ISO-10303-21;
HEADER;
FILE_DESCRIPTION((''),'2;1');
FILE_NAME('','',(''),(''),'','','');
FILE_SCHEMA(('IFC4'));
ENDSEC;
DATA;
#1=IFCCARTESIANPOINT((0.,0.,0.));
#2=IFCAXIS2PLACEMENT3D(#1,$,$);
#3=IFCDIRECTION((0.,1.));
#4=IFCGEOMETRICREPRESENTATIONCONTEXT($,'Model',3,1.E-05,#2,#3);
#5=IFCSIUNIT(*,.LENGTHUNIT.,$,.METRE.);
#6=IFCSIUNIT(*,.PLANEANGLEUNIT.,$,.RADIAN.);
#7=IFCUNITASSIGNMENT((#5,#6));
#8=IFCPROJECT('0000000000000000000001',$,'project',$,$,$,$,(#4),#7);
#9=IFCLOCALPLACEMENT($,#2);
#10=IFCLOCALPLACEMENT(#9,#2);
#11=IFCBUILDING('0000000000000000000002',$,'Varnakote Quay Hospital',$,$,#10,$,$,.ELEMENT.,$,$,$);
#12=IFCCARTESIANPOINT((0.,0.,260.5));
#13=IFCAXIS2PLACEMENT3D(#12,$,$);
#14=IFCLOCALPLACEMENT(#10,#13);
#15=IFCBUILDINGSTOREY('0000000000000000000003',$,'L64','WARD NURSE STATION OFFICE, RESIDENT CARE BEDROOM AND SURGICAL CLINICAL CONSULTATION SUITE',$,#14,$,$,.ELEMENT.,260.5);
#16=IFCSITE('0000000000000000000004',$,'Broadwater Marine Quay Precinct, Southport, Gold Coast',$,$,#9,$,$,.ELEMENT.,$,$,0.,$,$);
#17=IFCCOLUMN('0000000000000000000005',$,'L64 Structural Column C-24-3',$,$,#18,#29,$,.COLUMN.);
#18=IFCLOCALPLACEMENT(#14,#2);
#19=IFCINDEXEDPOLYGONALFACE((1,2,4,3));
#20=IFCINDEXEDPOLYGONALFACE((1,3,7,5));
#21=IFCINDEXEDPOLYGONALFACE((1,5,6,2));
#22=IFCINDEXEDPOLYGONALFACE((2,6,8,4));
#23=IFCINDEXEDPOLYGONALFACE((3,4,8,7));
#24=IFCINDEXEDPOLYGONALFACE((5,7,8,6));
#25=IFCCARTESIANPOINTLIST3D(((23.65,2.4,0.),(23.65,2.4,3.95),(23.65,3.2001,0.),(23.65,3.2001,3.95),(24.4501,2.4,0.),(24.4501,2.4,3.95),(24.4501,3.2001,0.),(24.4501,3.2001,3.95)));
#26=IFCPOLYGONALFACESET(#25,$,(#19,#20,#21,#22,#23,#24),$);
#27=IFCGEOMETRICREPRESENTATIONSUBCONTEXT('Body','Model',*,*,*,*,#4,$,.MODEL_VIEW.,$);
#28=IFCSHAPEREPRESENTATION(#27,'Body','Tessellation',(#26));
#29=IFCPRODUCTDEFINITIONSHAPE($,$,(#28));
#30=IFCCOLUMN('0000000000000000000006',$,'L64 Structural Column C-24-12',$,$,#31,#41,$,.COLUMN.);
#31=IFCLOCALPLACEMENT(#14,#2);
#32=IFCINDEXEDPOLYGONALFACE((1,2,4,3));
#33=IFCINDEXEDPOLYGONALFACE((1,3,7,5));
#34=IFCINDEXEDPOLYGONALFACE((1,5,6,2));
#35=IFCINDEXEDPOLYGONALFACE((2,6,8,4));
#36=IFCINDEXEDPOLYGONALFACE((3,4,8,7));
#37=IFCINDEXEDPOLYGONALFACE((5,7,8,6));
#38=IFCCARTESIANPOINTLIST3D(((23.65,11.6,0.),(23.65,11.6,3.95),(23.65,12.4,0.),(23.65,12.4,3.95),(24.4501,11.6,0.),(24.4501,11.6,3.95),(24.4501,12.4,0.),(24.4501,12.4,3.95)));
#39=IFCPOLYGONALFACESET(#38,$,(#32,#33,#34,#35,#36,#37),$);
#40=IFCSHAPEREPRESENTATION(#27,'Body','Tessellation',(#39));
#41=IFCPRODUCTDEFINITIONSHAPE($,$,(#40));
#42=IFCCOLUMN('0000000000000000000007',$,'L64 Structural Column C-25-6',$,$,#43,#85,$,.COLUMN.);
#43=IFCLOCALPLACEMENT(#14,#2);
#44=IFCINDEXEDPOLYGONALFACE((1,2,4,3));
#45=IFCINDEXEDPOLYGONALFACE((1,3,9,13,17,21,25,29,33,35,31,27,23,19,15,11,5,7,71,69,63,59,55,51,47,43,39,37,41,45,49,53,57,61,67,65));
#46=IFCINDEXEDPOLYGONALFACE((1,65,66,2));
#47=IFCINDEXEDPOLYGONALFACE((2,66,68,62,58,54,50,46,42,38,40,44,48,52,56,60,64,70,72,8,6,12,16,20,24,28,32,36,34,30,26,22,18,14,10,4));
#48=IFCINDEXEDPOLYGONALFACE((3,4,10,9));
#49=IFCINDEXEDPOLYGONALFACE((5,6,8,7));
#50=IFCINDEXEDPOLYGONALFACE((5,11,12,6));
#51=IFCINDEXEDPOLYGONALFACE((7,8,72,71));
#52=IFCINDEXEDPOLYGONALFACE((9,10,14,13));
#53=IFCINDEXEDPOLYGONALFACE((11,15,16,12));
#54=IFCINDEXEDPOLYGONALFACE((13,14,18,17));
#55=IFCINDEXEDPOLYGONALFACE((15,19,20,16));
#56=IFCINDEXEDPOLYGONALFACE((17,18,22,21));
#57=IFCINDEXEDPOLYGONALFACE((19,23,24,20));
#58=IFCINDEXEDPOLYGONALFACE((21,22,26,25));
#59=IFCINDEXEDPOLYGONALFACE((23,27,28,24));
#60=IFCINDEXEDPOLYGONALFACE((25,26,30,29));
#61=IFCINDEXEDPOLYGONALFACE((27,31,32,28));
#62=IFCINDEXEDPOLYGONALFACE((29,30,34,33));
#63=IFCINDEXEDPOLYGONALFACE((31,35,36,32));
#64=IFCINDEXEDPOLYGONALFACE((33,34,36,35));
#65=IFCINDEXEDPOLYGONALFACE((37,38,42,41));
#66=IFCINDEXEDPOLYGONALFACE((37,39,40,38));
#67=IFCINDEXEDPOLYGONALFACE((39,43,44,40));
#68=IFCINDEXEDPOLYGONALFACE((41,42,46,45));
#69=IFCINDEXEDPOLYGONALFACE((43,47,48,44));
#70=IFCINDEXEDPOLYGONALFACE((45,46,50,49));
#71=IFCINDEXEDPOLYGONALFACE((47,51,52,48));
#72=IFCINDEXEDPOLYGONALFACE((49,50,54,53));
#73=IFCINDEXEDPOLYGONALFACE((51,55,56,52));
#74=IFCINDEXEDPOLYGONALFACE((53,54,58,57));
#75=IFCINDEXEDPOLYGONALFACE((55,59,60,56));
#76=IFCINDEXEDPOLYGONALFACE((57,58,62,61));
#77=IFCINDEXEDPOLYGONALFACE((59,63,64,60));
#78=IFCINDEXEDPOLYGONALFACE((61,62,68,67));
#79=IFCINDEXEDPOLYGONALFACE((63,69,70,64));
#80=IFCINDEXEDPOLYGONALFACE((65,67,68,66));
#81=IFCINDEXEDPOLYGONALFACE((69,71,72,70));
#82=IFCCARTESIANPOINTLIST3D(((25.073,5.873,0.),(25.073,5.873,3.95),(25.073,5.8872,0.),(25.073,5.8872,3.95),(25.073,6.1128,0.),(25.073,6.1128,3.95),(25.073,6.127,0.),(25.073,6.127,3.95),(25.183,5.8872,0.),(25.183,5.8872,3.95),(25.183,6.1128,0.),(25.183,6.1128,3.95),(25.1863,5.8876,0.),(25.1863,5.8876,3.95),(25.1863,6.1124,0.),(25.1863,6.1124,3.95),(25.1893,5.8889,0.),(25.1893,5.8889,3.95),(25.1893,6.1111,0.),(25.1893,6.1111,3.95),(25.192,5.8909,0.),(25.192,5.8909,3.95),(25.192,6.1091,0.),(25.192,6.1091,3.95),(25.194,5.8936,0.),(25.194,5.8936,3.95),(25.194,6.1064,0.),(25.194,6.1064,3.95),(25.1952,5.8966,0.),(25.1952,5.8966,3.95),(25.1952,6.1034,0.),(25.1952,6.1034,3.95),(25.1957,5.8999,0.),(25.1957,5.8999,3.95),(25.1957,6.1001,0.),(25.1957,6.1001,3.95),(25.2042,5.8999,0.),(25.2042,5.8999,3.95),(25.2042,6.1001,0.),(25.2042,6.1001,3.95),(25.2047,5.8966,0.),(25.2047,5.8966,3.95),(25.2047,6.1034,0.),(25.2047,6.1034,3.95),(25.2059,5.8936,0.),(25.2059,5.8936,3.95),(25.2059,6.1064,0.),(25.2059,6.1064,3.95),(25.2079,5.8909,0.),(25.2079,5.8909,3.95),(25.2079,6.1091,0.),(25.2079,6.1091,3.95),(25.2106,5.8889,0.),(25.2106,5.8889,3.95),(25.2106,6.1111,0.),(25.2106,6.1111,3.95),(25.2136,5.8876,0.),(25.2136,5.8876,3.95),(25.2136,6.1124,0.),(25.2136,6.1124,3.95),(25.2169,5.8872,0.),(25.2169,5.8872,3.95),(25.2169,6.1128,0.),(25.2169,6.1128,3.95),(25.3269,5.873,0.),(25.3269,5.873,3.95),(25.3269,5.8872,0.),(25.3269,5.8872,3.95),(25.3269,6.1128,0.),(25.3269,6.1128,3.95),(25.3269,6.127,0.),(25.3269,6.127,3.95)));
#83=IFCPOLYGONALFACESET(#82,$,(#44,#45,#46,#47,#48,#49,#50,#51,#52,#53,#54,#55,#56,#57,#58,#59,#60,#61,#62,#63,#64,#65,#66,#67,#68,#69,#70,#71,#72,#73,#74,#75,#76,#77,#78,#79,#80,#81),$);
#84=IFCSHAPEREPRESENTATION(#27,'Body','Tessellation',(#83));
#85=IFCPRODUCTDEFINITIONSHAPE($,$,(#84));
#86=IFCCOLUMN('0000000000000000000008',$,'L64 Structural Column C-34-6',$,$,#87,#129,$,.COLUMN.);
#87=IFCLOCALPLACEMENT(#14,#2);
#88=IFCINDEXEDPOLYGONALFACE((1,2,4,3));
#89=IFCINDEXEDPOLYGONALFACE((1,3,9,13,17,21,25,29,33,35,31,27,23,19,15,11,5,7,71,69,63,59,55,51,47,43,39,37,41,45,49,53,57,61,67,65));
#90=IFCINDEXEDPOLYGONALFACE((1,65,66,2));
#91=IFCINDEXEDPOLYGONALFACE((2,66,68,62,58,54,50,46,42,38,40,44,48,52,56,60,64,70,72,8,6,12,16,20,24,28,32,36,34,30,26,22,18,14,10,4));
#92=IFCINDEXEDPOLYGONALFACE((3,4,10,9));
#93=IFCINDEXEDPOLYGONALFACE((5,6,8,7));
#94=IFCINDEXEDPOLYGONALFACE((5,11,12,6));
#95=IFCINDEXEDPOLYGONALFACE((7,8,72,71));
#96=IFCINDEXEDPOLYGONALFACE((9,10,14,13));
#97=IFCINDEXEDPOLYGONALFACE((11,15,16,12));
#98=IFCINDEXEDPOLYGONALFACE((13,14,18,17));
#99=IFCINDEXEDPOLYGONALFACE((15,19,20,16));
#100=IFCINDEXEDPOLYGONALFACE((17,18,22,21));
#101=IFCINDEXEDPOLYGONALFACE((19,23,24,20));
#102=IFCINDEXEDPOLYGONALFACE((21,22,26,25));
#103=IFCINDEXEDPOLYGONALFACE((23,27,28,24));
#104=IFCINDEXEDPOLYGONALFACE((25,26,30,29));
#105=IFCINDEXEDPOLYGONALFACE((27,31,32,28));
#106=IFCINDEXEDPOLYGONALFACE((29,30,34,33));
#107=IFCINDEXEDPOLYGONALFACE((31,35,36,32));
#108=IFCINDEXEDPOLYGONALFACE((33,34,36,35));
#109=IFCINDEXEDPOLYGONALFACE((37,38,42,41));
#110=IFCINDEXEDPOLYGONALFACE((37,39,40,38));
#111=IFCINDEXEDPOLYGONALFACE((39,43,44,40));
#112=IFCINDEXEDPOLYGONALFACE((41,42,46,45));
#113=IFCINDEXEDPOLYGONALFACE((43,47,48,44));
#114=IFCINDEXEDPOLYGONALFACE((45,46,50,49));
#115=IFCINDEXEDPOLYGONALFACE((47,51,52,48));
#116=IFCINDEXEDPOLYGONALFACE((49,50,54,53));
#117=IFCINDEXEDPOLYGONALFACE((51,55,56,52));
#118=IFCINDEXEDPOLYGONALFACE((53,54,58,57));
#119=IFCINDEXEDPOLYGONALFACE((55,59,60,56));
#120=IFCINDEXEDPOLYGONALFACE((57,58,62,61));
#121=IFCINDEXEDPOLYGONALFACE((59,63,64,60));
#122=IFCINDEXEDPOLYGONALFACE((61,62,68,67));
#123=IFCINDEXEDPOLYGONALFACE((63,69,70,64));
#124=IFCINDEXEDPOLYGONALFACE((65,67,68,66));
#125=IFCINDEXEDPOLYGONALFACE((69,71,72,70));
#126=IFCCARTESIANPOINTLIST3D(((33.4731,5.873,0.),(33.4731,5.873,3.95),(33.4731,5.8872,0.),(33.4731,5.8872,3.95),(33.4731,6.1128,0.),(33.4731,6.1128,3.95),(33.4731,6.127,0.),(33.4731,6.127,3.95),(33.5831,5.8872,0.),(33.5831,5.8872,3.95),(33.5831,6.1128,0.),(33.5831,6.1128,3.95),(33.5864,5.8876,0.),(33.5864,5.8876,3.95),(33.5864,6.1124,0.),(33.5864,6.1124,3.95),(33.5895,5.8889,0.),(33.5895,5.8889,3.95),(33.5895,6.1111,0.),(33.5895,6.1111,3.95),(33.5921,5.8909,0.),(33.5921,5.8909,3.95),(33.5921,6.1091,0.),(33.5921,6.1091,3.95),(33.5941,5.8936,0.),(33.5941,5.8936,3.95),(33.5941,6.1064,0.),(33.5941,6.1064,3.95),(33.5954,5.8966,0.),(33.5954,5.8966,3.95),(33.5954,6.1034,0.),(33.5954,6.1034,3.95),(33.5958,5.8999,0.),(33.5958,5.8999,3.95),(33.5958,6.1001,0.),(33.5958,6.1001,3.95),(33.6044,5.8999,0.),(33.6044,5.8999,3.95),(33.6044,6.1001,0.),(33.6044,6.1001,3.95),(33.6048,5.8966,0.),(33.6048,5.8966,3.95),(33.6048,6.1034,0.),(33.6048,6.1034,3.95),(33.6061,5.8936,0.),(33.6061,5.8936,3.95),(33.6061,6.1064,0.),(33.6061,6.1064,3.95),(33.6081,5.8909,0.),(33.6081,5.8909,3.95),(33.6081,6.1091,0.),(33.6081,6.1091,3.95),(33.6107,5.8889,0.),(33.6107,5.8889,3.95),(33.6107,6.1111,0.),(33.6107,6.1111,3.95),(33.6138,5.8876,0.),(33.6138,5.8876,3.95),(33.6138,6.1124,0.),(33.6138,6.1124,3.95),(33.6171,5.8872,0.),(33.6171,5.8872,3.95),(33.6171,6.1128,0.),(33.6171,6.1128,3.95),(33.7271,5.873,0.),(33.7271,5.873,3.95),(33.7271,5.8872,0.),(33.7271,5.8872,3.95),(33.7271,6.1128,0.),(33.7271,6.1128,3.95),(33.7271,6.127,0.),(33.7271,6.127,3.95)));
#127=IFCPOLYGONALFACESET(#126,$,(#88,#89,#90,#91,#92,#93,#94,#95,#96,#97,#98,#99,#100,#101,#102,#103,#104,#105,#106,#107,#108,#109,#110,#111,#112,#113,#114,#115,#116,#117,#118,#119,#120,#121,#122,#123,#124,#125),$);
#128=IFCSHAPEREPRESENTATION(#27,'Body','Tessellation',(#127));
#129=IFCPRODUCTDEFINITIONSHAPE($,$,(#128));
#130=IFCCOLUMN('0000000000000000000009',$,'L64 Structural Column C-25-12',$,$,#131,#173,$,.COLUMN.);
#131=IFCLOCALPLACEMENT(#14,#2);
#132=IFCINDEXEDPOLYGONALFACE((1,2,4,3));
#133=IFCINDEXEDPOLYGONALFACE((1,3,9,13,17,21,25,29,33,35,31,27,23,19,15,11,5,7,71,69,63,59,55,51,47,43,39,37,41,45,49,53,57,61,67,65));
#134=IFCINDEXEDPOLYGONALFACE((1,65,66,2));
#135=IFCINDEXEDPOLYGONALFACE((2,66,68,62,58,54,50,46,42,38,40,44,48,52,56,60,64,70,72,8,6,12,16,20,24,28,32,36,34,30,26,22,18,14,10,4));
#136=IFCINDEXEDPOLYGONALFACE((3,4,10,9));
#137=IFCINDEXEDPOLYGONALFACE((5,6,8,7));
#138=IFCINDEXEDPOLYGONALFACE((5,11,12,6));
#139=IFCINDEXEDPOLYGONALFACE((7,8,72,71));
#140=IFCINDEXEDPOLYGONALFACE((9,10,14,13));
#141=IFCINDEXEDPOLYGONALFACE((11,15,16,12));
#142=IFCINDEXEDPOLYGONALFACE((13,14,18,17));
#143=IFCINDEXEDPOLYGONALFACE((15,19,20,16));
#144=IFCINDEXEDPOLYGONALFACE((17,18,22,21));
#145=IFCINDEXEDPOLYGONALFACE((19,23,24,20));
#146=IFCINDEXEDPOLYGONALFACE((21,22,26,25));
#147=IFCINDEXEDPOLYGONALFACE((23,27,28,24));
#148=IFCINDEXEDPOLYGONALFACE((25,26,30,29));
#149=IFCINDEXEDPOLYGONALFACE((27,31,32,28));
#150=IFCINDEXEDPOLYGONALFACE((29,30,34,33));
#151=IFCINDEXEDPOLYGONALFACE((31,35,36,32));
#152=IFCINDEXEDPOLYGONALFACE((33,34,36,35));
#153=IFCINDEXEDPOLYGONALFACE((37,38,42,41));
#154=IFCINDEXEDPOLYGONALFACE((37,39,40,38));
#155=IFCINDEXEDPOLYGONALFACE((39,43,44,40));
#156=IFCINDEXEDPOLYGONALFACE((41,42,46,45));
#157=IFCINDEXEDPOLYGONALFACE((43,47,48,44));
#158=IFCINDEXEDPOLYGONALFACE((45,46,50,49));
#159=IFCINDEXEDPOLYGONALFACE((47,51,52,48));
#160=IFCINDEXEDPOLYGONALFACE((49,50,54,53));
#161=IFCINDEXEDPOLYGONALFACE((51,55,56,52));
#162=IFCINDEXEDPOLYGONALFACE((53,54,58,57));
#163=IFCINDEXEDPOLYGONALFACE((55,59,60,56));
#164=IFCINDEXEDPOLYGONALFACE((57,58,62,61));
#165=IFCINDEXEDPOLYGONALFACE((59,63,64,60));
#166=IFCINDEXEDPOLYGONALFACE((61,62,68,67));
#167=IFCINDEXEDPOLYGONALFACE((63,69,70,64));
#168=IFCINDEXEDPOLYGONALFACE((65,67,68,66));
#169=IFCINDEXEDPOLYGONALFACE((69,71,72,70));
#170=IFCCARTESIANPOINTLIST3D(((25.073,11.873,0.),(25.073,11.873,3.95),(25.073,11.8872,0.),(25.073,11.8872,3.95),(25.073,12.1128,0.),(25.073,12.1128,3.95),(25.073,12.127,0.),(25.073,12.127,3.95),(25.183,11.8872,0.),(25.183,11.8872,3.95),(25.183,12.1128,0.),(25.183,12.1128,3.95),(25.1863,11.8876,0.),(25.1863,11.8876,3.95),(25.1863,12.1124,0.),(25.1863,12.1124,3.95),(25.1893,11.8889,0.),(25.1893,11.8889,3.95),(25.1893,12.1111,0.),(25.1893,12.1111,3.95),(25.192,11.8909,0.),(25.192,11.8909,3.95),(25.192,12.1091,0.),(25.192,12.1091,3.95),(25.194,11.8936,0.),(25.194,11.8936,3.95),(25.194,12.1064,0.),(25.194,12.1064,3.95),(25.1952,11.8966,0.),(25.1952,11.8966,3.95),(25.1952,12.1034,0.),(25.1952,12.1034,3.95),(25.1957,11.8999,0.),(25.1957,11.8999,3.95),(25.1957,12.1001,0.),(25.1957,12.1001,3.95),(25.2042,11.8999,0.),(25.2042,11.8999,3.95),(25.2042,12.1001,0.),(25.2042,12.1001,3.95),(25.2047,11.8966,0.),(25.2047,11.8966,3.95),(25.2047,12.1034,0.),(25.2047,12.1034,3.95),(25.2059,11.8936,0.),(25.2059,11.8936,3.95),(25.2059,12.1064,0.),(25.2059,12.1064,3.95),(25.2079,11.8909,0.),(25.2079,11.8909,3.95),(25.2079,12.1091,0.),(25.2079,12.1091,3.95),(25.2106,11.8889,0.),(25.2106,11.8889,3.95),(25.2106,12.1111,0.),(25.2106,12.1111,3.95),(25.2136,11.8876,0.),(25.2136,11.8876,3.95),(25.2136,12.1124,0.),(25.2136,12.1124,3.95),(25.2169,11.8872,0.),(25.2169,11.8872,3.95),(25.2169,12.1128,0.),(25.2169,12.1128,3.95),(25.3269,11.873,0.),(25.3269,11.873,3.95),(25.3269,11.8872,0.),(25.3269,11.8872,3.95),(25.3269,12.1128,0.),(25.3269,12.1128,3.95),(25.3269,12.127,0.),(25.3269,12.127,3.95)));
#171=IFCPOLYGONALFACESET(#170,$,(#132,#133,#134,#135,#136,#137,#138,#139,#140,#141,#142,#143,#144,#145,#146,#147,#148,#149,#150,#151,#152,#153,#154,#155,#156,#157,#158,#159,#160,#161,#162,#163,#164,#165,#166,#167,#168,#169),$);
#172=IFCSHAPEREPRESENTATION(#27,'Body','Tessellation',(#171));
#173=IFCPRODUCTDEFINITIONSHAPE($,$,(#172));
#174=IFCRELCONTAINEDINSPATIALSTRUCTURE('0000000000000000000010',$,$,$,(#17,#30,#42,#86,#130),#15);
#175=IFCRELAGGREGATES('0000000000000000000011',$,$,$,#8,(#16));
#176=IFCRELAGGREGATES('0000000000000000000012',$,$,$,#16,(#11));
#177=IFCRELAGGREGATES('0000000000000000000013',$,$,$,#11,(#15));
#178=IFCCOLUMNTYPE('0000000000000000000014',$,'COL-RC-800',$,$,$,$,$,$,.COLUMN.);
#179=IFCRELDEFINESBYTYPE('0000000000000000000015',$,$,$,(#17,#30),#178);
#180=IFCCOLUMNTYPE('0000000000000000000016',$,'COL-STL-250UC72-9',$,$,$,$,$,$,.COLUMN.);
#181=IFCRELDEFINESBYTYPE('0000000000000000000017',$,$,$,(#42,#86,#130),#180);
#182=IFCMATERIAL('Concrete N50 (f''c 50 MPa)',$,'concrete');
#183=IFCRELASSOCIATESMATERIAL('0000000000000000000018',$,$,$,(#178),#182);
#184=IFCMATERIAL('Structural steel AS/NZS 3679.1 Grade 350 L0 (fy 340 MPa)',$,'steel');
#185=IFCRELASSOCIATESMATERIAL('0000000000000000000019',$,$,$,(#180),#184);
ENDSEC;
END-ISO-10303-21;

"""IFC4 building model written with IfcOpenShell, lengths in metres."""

from ifc_helpers import new_model, si_unit, direction, frame, origin, origin_2d, place, context, subcontext, project, spatial, rectangle, i_section, extrude, material, material_profile, profile_set, type_object, element, save


model = new_model("IFC4")

# Units and contexts
model_context = context("Model", 3, precision=1e-05, world=origin(), true_north=direction((0.0, 1.0)))
body_context = subcontext(model_context, "Body", "Model", "MODEL_VIEW")
ifc_project = project(units=[si_unit("LENGTHUNIT", "METRE"), si_unit("PLANEANGLEUNIT", "RADIAN")], contexts=[model_context])

# Site, building, storey
site_placement = place(None, origin())
site = spatial("IfcSite", under=ifc_project, at=site_placement, Name="Broadwater Marine Quay Precinct, Southport, Gold Coast", CompositionType="ELEMENT", RefElevation=0.0)
building_placement = place(site_placement, origin())
building = spatial("IfcBuilding", under=site, at=building_placement, Name="Varnakote Quay Hospital", CompositionType="ELEMENT")
storey_placement = place(building_placement, frame((0.0, 0.0, 260.5)))
storey = spatial("IfcBuildingStorey", under=building, at=storey_placement, Name="L64", Description="WARD NURSE STATION OFFICE, RESIDENT CARE BEDROOM AND SURGICAL CLINICAL CONSULTATION SUITE", CompositionType="ELEMENT", Elevation=260.5)

# Columns
ifc_material_1 = material(Name="Concrete N50 (f'c 50 MPa)", Category="concrete")
ifc_material_profile_1 = material_profile(ifc_material_1, rectangle(XDim=0.8, YDim=0.8, at=origin_2d()), Name="RC-COL-800x800")
ifc_profile_set_1 = profile_set([ifc_material_profile_1], Name="Concrete N50 (f'c 50 MPa)")
column_type_1 = type_object("IfcColumnType", Name="COL-RC-800", PredefinedType="COLUMN", material=ifc_profile_set_1)
for number, where, z_axis, x_axis, name in (
    (1, (24.05, 2.8, 0.0), (0.0, 0.0, 1.0), (1.0, 0.0, 0.0), "L64 Structural Column C-24-3"),
    (2, (24.05, 12.0, 0.0), (0.0, 0.0, 1.0), (1.0, 0.0, 0.0), "L64 Structural Column C-24-12"),
):
    element("IfcColumn", number, at=place(storey_placement, frame(where, z_axis=z_axis, x_axis=x_axis)), inside=storey, type_object=column_type_1, Name=name, PredefinedType="COLUMN", context=body_context, shape_type="SweptSolid", body=[
        extrude(rectangle(XDim=0.8, YDim=0.8, at=origin_2d()), origin(), (0.0, 0.0, 1.0), 3.95),
    ])
ifc_material_2 = material(Name="Structural steel AS/NZS 3679.1 Grade 350 L0 (fy 340 MPa)", Category="steel")
ifc_material_profile_2 = material_profile(ifc_material_2, i_section(OverallWidth=0.2539, OverallDepth=0.2539, WebThickness=0.0085, FlangeThickness=0.0142, FilletRadius=0.0127, at=origin_2d()), Name="250UC72.9")
ifc_profile_set_2 = profile_set([ifc_material_profile_2], Name="Structural steel AS/NZS 3679.1 Grade 350 L0 (fy 340 MPa)")
column_type_2 = type_object("IfcColumnType", Name="COL-STL-250UC72-9", PredefinedType="COLUMN", material=ifc_profile_set_2)
for number, where, z_axis, x_axis, name in (
    (3, (25.2, 6.0, 0.0), (0.0, 0.0, 1.0), (1.0, 0.0, 0.0), "L64 Structural Column C-25-6"),
    (4, (33.6001, 6.0, 0.0), (0.0, 0.0, 1.0), (1.0, 0.0, 0.0), "L64 Structural Column C-34-6"),
    (5, (25.2, 12.0, 0.0), (0.0, 0.0, 1.0), (1.0, 0.0, 0.0), "L64 Structural Column C-25-12"),
):
    element("IfcColumn", number, at=place(storey_placement, frame(where, z_axis=z_axis, x_axis=x_axis)), inside=storey, type_object=column_type_2, Name=name, PredefinedType="COLUMN", context=body_context, shape_type="SweptSolid", body=[
        extrude(i_section(OverallWidth=0.2539, OverallDepth=0.2539, WebThickness=0.0085, FlangeThickness=0.0142, FilletRadius=0.0127, at=origin_2d()), origin(), (0.0, 0.0, 1.0), 3.95),
    ])

save(model, "model.ifc")
